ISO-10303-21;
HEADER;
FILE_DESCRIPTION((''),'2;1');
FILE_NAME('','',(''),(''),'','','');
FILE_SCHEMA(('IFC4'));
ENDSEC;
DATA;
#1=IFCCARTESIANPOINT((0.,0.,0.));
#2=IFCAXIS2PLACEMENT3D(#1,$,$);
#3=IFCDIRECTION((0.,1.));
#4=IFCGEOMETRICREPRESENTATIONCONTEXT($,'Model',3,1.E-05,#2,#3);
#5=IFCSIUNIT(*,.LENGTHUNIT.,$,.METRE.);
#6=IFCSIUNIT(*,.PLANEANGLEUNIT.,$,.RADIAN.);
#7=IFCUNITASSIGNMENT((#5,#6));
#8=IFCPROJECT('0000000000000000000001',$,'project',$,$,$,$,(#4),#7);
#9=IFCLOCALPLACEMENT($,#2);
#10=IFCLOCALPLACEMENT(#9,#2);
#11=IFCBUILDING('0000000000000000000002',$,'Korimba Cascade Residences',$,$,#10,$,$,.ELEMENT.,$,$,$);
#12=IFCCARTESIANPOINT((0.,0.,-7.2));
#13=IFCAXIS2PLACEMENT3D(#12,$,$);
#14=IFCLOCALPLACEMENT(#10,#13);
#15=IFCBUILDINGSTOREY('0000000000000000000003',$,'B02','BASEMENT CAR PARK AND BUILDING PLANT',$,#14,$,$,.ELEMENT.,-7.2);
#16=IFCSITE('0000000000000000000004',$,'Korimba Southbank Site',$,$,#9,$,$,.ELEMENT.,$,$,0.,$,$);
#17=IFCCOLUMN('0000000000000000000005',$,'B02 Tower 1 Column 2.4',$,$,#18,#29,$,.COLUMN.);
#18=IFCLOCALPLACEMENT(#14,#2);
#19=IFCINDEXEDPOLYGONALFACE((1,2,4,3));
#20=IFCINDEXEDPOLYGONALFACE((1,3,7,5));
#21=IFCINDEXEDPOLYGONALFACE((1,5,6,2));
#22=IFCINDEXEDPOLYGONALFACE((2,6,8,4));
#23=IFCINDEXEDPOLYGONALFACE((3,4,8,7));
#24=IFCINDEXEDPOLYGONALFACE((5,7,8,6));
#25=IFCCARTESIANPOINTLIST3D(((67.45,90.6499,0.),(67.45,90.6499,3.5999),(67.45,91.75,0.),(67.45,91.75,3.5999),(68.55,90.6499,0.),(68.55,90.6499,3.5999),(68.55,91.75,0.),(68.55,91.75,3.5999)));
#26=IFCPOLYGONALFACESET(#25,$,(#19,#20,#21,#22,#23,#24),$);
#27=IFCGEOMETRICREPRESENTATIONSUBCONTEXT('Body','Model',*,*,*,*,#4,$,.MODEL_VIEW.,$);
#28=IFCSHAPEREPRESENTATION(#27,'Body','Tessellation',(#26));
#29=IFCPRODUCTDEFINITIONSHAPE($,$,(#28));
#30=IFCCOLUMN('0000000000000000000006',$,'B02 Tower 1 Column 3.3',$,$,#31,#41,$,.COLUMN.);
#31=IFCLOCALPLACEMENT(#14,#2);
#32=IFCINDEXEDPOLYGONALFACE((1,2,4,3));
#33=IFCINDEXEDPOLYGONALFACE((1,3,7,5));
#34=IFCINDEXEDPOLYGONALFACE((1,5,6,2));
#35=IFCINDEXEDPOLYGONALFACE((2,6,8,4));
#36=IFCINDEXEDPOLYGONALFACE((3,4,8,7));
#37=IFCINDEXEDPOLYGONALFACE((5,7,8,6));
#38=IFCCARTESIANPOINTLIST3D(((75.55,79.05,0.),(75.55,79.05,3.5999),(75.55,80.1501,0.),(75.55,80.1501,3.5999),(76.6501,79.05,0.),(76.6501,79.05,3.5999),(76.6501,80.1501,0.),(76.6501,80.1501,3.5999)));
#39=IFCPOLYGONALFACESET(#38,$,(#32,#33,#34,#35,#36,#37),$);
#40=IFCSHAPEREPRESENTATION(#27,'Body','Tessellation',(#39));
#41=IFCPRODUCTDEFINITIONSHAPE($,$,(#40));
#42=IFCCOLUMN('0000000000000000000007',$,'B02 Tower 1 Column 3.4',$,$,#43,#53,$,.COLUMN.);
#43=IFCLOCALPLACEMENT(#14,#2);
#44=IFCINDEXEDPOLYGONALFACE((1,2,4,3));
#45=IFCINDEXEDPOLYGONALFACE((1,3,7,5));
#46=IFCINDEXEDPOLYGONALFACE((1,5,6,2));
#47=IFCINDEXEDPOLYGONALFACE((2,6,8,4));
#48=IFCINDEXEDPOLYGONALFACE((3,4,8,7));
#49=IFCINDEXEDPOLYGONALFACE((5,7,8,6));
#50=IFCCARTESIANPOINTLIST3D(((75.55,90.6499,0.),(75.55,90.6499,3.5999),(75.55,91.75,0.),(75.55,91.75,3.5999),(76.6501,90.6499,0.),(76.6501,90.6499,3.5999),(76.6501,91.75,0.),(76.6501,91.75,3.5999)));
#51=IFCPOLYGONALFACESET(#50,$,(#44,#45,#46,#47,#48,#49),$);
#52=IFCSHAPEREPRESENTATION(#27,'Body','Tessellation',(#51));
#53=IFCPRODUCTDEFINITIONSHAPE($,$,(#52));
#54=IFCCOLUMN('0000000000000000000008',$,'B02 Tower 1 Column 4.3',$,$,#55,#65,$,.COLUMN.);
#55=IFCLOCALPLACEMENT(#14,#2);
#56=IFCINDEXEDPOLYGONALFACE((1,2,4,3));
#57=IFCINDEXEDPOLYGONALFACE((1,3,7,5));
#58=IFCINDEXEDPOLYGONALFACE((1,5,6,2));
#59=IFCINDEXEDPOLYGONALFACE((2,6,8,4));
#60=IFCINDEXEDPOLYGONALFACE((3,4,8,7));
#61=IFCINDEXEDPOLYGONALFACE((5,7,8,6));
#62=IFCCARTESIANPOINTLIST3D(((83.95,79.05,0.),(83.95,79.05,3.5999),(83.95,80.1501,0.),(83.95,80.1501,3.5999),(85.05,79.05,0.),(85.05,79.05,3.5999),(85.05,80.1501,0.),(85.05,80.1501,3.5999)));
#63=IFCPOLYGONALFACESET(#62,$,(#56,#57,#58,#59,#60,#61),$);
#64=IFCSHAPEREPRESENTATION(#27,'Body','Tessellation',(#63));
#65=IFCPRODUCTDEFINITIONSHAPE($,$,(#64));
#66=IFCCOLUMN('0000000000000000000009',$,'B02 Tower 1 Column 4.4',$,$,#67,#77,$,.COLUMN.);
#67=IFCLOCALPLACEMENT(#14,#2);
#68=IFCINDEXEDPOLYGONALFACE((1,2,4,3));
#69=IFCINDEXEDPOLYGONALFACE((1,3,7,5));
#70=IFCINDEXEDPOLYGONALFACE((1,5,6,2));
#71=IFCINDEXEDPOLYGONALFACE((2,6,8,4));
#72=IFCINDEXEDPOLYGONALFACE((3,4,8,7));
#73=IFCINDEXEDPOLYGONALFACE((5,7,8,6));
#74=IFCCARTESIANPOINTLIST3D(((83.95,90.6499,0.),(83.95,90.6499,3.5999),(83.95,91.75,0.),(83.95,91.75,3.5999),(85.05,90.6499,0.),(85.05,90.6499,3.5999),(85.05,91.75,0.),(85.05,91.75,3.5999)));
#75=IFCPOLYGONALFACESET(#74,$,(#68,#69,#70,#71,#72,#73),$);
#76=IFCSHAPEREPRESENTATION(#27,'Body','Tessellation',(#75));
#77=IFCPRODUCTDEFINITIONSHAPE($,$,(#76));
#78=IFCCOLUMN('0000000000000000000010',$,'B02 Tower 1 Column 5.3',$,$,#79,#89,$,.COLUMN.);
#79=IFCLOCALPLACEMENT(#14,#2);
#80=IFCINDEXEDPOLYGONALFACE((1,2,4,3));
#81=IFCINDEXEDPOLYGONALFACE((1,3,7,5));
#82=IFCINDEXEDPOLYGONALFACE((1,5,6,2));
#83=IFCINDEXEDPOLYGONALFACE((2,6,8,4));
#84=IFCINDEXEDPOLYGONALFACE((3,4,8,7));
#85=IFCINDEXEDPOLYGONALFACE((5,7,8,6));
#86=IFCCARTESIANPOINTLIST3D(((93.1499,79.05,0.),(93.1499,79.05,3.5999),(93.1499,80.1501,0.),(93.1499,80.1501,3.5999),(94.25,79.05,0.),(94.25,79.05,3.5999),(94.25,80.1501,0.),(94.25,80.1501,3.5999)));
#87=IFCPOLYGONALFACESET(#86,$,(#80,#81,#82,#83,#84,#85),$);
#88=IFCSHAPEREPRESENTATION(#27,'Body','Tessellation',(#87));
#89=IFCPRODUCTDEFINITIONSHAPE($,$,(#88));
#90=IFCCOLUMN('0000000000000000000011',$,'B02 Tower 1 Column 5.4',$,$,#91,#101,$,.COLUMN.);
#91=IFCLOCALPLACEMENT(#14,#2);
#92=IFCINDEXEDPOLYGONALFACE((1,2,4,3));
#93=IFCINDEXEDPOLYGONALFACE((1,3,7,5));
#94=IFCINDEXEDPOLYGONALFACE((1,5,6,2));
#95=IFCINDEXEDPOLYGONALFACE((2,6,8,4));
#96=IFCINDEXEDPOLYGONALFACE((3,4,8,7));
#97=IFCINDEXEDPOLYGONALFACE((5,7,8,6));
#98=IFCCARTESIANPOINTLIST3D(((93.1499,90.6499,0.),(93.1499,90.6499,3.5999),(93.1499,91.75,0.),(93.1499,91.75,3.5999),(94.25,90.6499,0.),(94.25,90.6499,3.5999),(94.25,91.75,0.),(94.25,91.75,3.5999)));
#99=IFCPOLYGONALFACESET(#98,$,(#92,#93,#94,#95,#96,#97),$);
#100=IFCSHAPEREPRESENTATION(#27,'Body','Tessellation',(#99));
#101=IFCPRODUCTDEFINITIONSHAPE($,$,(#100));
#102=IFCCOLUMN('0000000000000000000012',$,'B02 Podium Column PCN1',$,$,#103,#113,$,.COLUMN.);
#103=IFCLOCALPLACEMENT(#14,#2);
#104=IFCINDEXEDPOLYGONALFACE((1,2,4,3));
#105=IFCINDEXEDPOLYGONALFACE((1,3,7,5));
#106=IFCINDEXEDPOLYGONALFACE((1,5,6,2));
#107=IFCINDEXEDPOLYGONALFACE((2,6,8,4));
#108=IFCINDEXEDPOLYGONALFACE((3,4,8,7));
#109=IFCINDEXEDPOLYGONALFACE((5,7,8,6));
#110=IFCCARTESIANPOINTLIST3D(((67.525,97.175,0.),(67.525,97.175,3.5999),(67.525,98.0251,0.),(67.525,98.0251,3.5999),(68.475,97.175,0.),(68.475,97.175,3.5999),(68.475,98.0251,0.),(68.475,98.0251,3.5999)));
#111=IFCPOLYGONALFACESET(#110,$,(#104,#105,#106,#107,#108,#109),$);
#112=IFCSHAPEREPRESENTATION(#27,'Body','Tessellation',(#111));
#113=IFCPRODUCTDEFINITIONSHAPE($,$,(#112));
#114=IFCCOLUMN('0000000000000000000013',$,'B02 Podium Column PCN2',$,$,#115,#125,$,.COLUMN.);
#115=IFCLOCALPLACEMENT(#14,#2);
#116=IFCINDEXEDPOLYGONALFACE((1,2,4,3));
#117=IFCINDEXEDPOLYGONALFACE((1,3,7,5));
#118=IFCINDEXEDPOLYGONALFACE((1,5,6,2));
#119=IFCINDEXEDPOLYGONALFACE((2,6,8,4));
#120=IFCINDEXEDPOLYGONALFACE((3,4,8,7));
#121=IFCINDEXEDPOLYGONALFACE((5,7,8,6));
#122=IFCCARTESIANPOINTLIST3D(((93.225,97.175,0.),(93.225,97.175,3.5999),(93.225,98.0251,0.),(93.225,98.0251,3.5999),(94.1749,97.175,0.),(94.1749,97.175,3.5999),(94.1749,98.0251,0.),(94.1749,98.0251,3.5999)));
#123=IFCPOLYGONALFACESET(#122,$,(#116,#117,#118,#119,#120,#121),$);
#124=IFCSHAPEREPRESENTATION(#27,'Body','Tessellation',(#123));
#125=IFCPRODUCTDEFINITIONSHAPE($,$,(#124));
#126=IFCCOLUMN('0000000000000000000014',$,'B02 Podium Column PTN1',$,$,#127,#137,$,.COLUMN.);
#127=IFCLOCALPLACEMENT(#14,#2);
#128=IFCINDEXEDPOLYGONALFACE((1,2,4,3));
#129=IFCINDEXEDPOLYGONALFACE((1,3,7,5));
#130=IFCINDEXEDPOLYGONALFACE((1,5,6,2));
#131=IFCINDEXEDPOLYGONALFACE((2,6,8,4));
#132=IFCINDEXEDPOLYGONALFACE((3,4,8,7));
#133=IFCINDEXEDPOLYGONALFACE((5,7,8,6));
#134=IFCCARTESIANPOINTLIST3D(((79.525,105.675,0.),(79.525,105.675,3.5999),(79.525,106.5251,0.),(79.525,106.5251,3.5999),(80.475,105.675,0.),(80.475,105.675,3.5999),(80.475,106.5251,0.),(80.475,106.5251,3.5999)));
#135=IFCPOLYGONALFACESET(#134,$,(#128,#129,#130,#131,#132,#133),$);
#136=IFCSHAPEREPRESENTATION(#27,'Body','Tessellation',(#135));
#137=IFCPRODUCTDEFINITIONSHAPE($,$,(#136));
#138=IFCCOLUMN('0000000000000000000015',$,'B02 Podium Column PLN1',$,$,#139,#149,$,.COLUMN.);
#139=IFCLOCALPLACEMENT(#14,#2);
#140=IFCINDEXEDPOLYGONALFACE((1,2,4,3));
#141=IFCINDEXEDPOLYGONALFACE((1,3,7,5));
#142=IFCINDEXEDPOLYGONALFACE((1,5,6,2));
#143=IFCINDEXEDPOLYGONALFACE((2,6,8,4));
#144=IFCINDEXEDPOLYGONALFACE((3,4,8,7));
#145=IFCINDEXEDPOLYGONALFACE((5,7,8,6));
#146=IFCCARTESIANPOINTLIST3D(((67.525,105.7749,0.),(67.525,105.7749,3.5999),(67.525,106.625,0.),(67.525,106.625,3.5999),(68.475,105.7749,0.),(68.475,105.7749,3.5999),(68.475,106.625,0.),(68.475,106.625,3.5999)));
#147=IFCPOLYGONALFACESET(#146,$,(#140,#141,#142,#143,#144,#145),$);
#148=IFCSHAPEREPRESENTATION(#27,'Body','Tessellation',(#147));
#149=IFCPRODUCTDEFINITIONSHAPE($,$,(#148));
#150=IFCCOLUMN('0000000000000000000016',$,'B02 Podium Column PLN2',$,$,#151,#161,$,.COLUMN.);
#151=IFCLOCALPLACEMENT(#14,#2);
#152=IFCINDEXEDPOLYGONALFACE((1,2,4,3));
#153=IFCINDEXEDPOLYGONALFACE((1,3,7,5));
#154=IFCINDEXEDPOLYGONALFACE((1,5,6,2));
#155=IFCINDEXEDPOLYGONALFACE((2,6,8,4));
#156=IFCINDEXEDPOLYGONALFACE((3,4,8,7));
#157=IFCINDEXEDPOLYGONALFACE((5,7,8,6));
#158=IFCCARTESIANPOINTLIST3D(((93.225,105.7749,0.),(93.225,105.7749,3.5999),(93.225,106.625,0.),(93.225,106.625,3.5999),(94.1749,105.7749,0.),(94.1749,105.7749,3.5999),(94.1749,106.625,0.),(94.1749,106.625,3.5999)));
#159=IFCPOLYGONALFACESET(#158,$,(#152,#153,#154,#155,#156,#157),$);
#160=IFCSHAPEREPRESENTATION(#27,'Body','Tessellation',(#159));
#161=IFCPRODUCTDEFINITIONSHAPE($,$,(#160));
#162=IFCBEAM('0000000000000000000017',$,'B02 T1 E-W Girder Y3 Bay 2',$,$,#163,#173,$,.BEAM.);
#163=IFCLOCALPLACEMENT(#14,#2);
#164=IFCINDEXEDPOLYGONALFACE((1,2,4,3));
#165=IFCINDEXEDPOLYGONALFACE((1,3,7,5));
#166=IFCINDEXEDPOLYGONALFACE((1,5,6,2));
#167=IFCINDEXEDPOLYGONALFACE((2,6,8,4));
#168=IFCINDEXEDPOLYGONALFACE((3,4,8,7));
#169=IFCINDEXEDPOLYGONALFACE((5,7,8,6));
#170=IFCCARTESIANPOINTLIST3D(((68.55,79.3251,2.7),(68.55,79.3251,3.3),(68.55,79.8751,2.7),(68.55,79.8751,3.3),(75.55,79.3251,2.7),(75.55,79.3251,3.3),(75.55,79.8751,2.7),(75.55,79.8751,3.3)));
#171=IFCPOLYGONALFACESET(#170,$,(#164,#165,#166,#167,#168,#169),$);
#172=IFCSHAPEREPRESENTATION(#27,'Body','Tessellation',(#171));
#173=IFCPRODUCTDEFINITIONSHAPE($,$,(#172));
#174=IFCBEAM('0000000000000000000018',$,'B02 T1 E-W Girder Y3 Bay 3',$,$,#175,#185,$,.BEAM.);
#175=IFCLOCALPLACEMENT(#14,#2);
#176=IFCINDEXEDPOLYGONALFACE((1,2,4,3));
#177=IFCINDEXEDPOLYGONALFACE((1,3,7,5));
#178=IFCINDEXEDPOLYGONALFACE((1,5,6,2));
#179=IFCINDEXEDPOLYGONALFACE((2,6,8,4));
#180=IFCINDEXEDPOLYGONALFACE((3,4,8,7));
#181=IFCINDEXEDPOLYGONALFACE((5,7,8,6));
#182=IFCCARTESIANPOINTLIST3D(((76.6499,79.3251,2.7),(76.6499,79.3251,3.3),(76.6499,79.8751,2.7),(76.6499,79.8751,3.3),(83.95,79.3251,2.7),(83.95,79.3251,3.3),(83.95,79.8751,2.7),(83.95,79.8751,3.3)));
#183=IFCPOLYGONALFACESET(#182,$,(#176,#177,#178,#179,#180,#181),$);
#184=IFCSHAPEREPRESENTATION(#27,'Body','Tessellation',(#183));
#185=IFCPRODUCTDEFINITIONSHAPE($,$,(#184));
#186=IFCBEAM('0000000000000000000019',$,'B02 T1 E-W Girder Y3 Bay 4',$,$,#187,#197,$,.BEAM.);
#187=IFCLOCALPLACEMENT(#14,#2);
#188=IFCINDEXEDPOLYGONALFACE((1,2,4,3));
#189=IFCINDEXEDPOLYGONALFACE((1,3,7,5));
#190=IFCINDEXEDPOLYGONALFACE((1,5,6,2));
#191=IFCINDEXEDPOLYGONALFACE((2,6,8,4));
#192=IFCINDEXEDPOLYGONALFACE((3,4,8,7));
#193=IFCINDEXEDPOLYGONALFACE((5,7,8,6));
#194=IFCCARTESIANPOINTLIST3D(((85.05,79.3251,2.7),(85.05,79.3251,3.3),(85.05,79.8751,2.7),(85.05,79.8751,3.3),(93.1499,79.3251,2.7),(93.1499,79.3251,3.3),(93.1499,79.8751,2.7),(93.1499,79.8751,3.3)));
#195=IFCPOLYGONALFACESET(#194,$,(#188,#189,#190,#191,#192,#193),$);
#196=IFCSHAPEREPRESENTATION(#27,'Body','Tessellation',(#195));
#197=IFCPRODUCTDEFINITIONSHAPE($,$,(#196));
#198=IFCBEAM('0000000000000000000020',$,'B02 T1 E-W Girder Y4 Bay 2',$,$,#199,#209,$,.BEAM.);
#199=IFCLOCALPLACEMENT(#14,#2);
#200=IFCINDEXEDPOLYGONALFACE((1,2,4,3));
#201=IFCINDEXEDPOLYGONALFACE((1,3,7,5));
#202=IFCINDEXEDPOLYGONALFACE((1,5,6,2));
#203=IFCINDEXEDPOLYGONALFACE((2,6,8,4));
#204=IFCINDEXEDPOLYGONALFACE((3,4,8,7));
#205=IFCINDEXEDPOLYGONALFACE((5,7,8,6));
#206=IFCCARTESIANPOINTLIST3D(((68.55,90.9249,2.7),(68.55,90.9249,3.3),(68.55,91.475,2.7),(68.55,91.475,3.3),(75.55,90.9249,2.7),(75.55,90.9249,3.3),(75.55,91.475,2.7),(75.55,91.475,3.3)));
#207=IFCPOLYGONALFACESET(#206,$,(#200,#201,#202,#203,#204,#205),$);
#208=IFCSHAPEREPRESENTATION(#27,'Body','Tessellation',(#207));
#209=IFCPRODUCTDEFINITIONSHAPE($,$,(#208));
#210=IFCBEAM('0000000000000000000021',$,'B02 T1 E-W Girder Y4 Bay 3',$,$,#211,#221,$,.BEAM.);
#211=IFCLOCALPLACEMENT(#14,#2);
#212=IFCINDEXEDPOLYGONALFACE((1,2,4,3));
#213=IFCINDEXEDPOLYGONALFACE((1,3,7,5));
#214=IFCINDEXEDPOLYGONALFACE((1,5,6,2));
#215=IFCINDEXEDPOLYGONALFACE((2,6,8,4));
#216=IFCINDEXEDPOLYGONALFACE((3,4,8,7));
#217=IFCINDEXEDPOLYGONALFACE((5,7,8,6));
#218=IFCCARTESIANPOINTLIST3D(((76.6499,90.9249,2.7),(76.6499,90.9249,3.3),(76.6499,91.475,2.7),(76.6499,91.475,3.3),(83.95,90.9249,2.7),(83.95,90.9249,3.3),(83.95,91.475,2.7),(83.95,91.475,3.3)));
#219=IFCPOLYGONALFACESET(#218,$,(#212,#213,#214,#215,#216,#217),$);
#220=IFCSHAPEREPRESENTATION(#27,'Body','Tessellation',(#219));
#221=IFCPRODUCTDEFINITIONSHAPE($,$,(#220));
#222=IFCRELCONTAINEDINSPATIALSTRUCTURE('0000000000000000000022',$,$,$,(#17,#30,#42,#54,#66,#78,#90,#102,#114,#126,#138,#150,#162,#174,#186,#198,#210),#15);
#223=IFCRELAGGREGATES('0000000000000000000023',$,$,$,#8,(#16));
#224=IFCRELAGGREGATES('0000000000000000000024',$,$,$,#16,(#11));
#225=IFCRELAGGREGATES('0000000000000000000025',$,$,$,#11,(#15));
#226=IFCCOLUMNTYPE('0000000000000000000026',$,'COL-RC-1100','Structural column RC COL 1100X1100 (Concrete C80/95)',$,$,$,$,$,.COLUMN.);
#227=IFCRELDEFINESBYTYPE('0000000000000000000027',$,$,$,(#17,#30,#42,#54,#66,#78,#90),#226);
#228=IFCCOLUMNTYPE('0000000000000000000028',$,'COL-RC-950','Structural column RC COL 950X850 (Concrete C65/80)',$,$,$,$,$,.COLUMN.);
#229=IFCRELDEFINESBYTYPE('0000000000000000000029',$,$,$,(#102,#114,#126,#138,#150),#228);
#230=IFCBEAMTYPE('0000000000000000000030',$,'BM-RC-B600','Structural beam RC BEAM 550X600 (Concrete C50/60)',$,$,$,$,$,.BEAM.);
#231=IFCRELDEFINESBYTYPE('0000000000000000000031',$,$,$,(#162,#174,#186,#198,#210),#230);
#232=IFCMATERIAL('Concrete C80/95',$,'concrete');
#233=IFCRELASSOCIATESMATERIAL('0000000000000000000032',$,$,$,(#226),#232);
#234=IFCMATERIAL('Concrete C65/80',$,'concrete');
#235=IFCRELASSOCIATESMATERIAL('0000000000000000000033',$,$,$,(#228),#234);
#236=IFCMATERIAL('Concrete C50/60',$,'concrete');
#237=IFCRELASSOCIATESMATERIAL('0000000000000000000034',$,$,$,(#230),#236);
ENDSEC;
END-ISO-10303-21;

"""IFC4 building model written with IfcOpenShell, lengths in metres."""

from ifc_helpers import new_model, si_unit, direction, frame, origin, origin_2d, place, context, subcontext, project, spatial, rectangle, extrude, material, material_profile, profile_set, type_object, element, save


model = new_model("IFC4")

# Units and contexts
model_context = context("Model", 3, precision=1e-05, world=origin(), true_north=direction((0.0, 1.0)))
body_context = subcontext(model_context, "Body", "Model", "MODEL_VIEW")
ifc_project = project(units=[si_unit("LENGTHUNIT", "METRE"), si_unit("PLANEANGLEUNIT", "RADIAN")], contexts=[model_context])

# Site, building, storey
site_placement = place(None, origin())
site = spatial("IfcSite", under=ifc_project, at=site_placement, Name="Korimba Southbank Site", CompositionType="ELEMENT", RefElevation=0.0)
building_placement = place(site_placement, origin())
building = spatial("IfcBuilding", under=site, at=building_placement, Name="Korimba Cascade Residences", CompositionType="ELEMENT")
storey_placement = place(building_placement, frame((0.0, 0.0, -7.2)))
storey = spatial("IfcBuildingStorey", under=building, at=storey_placement, Name="B02", Description="BASEMENT CAR PARK AND BUILDING PLANT", CompositionType="ELEMENT", Elevation=-7.2)

# Columns
ifc_material_1 = material(Name="Concrete C80/95", Category="concrete")
ifc_material_profile_1 = material_profile(ifc_material_1, rectangle(XDim=1.1001, YDim=1.1001, at=origin_2d()), Name="Concrete C80/95")
ifc_profile_set_1 = profile_set([ifc_material_profile_1], Name="Concrete C80/95")
column_type_1 = type_object("IfcColumnType", Name="COL-RC-1100", Description="Structural column RC COL 1100X1100 (Concrete C80/95)", PredefinedType="COLUMN", material=ifc_profile_set_1)
for number, where, z_axis, x_axis, name in (
    (1, (68.0, 91.2, 0.0), (0.0, 0.0, 1.0), (1.0, 0.0, 0.0), "B02 Tower 1 Column 2.4"),
    (2, (76.1001, 79.6001, 0.0), (0.0, 0.0, 1.0), (1.0, 0.0, 0.0), "B02 Tower 1 Column 3.3"),
    (3, (76.1001, 91.2, 0.0), (0.0, 0.0, 1.0), (1.0, 0.0, 0.0), "B02 Tower 1 Column 3.4"),
    (4, (84.5, 79.6001, 0.0), (0.0, 0.0, 1.0), (1.0, 0.0, 0.0), "B02 Tower 1 Column 4.3"),
    (5, (84.5, 91.2, 0.0), (0.0, 0.0, 1.0), (1.0, 0.0, 0.0), "B02 Tower 1 Column 4.4"),
    (6, (93.7, 79.6001, 0.0), (0.0, 0.0, 1.0), (1.0, 0.0, 0.0), "B02 Tower 1 Column 5.3"),
    (7, (93.7, 91.2, 0.0), (0.0, 0.0, 1.0), (1.0, 0.0, 0.0), "B02 Tower 1 Column 5.4"),
):
    element("IfcColumn", number, at=place(storey_placement, frame(where, z_axis=z_axis, x_axis=x_axis)), inside=storey, type_object=column_type_1, Name=name, PredefinedType="COLUMN", context=body_context, shape_type="SweptSolid", body=[
        extrude(rectangle(XDim=1.1001, YDim=1.1001, at=origin_2d()), origin(), (0.0, 0.0, 1.0), 3.5999),
    ])
ifc_material_2 = material(Name="Concrete C65/80", Category="concrete")
ifc_material_profile_2 = material_profile(ifc_material_2, rectangle(XDim=0.95, YDim=0.8501, at=origin_2d()), Name="Concrete C65/80")
ifc_profile_set_2 = profile_set([ifc_material_profile_2], Name="Concrete C65/80")
column_type_2 = type_object("IfcColumnType", Name="COL-RC-950", Description="Structural column RC COL 950X850 (Concrete C65/80)", PredefinedType="COLUMN", material=ifc_profile_set_2)
for number, where, z_axis, x_axis, name in (
    (8, (68.0, 97.6001, 0.0), (0.0, 0.0, 1.0), (1.0, 0.0, 0.0), "B02 Podium Column PCN1"),
    (9, (93.7, 97.6001, 0.0), (0.0, 0.0, 1.0), (1.0, 0.0, 0.0), "B02 Podium Column PCN2"),
    (10, (80.0, 106.1001, 0.0), (0.0, 0.0, 1.0), (1.0, 0.0, 0.0), "B02 Podium Column PTN1"),
    (11, (68.0, 106.2, 0.0), (0.0, 0.0, 1.0), (1.0, 0.0, 0.0), "B02 Podium Column PLN1"),
    (12, (93.7, 106.2, 0.0), (0.0, 0.0, 1.0), (1.0, 0.0, 0.0), "B02 Podium Column PLN2"),
):
    element("IfcColumn", number, at=place(storey_placement, frame(where, z_axis=z_axis, x_axis=x_axis)), inside=storey, type_object=column_type_2, Name=name, PredefinedType="COLUMN", context=body_context, shape_type="SweptSolid", body=[
        extrude(rectangle(XDim=0.95, YDim=0.8501, at=origin_2d()), origin(), (0.0, 0.0, 1.0), 3.5999),
    ])

# Beams
ifc_material_3 = material(Name="Concrete C50/60", Category="concrete")
ifc_material_profile_3 = material_profile(ifc_material_3, rectangle(XDim=0.55, YDim=0.6001, at=origin_2d()), Name="Concrete C50/60")
ifc_profile_set_3 = profile_set([ifc_material_profile_3], Name="Concrete C50/60")
beam_type_1 = type_object("IfcBeamType", Name="BM-RC-B600", Description="Structural beam RC BEAM 550X600 (Concrete C50/60)", PredefinedType="BEAM", material=ifc_profile_set_3)
beam_1_placement = place(storey_placement, frame((68.55, 79.6001, 3.0), z_axis=(1.0, 0.0, 0.0), x_axis=(0.0, 1.0, 0.0)))
element("IfcBeam", 13, at=beam_1_placement, inside=storey, type_object=beam_type_1, Name="B02 T1 E-W Girder Y3 Bay 2", PredefinedType="BEAM", context=body_context, shape_type="SweptSolid", body=[
    extrude(rectangle(XDim=0.55, YDim=0.6001, at=origin_2d()), origin(), (0.0, 0.0, 1.0), 7.0),
])
beam_2_placement = place(storey_placement, frame((76.6499, 79.6001, 3.0), z_axis=(1.0, 0.0, 0.0), x_axis=(0.0, 1.0, 0.0)))
element("IfcBeam", 14, at=beam_2_placement, inside=storey, type_object=beam_type_1, Name="B02 T1 E-W Girder Y3 Bay 3", PredefinedType="BEAM", context=body_context, shape_type="SweptSolid", body=[
    extrude(rectangle(XDim=0.55, YDim=0.6001, at=origin_2d()), origin(), (0.0, 0.0, 1.0), 7.3),
])
beam_3_placement = place(storey_placement, frame((85.05, 79.6001, 3.0), z_axis=(1.0, 0.0, 0.0), x_axis=(0.0, 1.0, 0.0)))
element("IfcBeam", 15, at=beam_3_placement, inside=storey, type_object=beam_type_1, Name="B02 T1 E-W Girder Y3 Bay 4", PredefinedType="BEAM", context=body_context, shape_type="SweptSolid", body=[
    extrude(rectangle(XDim=0.55, YDim=0.6001, at=origin_2d()), origin(), (0.0, 0.0, 1.0), 8.0999),
])
beam_4_placement = place(storey_placement, frame((68.55, 91.2, 3.0), z_axis=(1.0, 0.0, 0.0), x_axis=(0.0, 1.0, 0.0)))
element("IfcBeam", 16, at=beam_4_placement, inside=storey, type_object=beam_type_1, Name="B02 T1 E-W Girder Y4 Bay 2", PredefinedType="BEAM", context=body_context, shape_type="SweptSolid", body=[
    extrude(rectangle(XDim=0.55, YDim=0.6001, at=origin_2d()), origin(), (0.0, 0.0, 1.0), 7.0),
])
beam_5_placement = place(storey_placement, frame((76.6499, 91.2, 3.0), z_axis=(1.0, 0.0, 0.0), x_axis=(0.0, 1.0, 0.0)))
element("IfcBeam", 17, at=beam_5_placement, inside=storey, type_object=beam_type_1, Name="B02 T1 E-W Girder Y4 Bay 3", PredefinedType="BEAM", context=body_context, shape_type="SweptSolid", body=[
    extrude(rectangle(XDim=0.55, YDim=0.6001, at=origin_2d()), origin(), (0.0, 0.0, 1.0), 7.3),
])

save(model, "model.ifc")
